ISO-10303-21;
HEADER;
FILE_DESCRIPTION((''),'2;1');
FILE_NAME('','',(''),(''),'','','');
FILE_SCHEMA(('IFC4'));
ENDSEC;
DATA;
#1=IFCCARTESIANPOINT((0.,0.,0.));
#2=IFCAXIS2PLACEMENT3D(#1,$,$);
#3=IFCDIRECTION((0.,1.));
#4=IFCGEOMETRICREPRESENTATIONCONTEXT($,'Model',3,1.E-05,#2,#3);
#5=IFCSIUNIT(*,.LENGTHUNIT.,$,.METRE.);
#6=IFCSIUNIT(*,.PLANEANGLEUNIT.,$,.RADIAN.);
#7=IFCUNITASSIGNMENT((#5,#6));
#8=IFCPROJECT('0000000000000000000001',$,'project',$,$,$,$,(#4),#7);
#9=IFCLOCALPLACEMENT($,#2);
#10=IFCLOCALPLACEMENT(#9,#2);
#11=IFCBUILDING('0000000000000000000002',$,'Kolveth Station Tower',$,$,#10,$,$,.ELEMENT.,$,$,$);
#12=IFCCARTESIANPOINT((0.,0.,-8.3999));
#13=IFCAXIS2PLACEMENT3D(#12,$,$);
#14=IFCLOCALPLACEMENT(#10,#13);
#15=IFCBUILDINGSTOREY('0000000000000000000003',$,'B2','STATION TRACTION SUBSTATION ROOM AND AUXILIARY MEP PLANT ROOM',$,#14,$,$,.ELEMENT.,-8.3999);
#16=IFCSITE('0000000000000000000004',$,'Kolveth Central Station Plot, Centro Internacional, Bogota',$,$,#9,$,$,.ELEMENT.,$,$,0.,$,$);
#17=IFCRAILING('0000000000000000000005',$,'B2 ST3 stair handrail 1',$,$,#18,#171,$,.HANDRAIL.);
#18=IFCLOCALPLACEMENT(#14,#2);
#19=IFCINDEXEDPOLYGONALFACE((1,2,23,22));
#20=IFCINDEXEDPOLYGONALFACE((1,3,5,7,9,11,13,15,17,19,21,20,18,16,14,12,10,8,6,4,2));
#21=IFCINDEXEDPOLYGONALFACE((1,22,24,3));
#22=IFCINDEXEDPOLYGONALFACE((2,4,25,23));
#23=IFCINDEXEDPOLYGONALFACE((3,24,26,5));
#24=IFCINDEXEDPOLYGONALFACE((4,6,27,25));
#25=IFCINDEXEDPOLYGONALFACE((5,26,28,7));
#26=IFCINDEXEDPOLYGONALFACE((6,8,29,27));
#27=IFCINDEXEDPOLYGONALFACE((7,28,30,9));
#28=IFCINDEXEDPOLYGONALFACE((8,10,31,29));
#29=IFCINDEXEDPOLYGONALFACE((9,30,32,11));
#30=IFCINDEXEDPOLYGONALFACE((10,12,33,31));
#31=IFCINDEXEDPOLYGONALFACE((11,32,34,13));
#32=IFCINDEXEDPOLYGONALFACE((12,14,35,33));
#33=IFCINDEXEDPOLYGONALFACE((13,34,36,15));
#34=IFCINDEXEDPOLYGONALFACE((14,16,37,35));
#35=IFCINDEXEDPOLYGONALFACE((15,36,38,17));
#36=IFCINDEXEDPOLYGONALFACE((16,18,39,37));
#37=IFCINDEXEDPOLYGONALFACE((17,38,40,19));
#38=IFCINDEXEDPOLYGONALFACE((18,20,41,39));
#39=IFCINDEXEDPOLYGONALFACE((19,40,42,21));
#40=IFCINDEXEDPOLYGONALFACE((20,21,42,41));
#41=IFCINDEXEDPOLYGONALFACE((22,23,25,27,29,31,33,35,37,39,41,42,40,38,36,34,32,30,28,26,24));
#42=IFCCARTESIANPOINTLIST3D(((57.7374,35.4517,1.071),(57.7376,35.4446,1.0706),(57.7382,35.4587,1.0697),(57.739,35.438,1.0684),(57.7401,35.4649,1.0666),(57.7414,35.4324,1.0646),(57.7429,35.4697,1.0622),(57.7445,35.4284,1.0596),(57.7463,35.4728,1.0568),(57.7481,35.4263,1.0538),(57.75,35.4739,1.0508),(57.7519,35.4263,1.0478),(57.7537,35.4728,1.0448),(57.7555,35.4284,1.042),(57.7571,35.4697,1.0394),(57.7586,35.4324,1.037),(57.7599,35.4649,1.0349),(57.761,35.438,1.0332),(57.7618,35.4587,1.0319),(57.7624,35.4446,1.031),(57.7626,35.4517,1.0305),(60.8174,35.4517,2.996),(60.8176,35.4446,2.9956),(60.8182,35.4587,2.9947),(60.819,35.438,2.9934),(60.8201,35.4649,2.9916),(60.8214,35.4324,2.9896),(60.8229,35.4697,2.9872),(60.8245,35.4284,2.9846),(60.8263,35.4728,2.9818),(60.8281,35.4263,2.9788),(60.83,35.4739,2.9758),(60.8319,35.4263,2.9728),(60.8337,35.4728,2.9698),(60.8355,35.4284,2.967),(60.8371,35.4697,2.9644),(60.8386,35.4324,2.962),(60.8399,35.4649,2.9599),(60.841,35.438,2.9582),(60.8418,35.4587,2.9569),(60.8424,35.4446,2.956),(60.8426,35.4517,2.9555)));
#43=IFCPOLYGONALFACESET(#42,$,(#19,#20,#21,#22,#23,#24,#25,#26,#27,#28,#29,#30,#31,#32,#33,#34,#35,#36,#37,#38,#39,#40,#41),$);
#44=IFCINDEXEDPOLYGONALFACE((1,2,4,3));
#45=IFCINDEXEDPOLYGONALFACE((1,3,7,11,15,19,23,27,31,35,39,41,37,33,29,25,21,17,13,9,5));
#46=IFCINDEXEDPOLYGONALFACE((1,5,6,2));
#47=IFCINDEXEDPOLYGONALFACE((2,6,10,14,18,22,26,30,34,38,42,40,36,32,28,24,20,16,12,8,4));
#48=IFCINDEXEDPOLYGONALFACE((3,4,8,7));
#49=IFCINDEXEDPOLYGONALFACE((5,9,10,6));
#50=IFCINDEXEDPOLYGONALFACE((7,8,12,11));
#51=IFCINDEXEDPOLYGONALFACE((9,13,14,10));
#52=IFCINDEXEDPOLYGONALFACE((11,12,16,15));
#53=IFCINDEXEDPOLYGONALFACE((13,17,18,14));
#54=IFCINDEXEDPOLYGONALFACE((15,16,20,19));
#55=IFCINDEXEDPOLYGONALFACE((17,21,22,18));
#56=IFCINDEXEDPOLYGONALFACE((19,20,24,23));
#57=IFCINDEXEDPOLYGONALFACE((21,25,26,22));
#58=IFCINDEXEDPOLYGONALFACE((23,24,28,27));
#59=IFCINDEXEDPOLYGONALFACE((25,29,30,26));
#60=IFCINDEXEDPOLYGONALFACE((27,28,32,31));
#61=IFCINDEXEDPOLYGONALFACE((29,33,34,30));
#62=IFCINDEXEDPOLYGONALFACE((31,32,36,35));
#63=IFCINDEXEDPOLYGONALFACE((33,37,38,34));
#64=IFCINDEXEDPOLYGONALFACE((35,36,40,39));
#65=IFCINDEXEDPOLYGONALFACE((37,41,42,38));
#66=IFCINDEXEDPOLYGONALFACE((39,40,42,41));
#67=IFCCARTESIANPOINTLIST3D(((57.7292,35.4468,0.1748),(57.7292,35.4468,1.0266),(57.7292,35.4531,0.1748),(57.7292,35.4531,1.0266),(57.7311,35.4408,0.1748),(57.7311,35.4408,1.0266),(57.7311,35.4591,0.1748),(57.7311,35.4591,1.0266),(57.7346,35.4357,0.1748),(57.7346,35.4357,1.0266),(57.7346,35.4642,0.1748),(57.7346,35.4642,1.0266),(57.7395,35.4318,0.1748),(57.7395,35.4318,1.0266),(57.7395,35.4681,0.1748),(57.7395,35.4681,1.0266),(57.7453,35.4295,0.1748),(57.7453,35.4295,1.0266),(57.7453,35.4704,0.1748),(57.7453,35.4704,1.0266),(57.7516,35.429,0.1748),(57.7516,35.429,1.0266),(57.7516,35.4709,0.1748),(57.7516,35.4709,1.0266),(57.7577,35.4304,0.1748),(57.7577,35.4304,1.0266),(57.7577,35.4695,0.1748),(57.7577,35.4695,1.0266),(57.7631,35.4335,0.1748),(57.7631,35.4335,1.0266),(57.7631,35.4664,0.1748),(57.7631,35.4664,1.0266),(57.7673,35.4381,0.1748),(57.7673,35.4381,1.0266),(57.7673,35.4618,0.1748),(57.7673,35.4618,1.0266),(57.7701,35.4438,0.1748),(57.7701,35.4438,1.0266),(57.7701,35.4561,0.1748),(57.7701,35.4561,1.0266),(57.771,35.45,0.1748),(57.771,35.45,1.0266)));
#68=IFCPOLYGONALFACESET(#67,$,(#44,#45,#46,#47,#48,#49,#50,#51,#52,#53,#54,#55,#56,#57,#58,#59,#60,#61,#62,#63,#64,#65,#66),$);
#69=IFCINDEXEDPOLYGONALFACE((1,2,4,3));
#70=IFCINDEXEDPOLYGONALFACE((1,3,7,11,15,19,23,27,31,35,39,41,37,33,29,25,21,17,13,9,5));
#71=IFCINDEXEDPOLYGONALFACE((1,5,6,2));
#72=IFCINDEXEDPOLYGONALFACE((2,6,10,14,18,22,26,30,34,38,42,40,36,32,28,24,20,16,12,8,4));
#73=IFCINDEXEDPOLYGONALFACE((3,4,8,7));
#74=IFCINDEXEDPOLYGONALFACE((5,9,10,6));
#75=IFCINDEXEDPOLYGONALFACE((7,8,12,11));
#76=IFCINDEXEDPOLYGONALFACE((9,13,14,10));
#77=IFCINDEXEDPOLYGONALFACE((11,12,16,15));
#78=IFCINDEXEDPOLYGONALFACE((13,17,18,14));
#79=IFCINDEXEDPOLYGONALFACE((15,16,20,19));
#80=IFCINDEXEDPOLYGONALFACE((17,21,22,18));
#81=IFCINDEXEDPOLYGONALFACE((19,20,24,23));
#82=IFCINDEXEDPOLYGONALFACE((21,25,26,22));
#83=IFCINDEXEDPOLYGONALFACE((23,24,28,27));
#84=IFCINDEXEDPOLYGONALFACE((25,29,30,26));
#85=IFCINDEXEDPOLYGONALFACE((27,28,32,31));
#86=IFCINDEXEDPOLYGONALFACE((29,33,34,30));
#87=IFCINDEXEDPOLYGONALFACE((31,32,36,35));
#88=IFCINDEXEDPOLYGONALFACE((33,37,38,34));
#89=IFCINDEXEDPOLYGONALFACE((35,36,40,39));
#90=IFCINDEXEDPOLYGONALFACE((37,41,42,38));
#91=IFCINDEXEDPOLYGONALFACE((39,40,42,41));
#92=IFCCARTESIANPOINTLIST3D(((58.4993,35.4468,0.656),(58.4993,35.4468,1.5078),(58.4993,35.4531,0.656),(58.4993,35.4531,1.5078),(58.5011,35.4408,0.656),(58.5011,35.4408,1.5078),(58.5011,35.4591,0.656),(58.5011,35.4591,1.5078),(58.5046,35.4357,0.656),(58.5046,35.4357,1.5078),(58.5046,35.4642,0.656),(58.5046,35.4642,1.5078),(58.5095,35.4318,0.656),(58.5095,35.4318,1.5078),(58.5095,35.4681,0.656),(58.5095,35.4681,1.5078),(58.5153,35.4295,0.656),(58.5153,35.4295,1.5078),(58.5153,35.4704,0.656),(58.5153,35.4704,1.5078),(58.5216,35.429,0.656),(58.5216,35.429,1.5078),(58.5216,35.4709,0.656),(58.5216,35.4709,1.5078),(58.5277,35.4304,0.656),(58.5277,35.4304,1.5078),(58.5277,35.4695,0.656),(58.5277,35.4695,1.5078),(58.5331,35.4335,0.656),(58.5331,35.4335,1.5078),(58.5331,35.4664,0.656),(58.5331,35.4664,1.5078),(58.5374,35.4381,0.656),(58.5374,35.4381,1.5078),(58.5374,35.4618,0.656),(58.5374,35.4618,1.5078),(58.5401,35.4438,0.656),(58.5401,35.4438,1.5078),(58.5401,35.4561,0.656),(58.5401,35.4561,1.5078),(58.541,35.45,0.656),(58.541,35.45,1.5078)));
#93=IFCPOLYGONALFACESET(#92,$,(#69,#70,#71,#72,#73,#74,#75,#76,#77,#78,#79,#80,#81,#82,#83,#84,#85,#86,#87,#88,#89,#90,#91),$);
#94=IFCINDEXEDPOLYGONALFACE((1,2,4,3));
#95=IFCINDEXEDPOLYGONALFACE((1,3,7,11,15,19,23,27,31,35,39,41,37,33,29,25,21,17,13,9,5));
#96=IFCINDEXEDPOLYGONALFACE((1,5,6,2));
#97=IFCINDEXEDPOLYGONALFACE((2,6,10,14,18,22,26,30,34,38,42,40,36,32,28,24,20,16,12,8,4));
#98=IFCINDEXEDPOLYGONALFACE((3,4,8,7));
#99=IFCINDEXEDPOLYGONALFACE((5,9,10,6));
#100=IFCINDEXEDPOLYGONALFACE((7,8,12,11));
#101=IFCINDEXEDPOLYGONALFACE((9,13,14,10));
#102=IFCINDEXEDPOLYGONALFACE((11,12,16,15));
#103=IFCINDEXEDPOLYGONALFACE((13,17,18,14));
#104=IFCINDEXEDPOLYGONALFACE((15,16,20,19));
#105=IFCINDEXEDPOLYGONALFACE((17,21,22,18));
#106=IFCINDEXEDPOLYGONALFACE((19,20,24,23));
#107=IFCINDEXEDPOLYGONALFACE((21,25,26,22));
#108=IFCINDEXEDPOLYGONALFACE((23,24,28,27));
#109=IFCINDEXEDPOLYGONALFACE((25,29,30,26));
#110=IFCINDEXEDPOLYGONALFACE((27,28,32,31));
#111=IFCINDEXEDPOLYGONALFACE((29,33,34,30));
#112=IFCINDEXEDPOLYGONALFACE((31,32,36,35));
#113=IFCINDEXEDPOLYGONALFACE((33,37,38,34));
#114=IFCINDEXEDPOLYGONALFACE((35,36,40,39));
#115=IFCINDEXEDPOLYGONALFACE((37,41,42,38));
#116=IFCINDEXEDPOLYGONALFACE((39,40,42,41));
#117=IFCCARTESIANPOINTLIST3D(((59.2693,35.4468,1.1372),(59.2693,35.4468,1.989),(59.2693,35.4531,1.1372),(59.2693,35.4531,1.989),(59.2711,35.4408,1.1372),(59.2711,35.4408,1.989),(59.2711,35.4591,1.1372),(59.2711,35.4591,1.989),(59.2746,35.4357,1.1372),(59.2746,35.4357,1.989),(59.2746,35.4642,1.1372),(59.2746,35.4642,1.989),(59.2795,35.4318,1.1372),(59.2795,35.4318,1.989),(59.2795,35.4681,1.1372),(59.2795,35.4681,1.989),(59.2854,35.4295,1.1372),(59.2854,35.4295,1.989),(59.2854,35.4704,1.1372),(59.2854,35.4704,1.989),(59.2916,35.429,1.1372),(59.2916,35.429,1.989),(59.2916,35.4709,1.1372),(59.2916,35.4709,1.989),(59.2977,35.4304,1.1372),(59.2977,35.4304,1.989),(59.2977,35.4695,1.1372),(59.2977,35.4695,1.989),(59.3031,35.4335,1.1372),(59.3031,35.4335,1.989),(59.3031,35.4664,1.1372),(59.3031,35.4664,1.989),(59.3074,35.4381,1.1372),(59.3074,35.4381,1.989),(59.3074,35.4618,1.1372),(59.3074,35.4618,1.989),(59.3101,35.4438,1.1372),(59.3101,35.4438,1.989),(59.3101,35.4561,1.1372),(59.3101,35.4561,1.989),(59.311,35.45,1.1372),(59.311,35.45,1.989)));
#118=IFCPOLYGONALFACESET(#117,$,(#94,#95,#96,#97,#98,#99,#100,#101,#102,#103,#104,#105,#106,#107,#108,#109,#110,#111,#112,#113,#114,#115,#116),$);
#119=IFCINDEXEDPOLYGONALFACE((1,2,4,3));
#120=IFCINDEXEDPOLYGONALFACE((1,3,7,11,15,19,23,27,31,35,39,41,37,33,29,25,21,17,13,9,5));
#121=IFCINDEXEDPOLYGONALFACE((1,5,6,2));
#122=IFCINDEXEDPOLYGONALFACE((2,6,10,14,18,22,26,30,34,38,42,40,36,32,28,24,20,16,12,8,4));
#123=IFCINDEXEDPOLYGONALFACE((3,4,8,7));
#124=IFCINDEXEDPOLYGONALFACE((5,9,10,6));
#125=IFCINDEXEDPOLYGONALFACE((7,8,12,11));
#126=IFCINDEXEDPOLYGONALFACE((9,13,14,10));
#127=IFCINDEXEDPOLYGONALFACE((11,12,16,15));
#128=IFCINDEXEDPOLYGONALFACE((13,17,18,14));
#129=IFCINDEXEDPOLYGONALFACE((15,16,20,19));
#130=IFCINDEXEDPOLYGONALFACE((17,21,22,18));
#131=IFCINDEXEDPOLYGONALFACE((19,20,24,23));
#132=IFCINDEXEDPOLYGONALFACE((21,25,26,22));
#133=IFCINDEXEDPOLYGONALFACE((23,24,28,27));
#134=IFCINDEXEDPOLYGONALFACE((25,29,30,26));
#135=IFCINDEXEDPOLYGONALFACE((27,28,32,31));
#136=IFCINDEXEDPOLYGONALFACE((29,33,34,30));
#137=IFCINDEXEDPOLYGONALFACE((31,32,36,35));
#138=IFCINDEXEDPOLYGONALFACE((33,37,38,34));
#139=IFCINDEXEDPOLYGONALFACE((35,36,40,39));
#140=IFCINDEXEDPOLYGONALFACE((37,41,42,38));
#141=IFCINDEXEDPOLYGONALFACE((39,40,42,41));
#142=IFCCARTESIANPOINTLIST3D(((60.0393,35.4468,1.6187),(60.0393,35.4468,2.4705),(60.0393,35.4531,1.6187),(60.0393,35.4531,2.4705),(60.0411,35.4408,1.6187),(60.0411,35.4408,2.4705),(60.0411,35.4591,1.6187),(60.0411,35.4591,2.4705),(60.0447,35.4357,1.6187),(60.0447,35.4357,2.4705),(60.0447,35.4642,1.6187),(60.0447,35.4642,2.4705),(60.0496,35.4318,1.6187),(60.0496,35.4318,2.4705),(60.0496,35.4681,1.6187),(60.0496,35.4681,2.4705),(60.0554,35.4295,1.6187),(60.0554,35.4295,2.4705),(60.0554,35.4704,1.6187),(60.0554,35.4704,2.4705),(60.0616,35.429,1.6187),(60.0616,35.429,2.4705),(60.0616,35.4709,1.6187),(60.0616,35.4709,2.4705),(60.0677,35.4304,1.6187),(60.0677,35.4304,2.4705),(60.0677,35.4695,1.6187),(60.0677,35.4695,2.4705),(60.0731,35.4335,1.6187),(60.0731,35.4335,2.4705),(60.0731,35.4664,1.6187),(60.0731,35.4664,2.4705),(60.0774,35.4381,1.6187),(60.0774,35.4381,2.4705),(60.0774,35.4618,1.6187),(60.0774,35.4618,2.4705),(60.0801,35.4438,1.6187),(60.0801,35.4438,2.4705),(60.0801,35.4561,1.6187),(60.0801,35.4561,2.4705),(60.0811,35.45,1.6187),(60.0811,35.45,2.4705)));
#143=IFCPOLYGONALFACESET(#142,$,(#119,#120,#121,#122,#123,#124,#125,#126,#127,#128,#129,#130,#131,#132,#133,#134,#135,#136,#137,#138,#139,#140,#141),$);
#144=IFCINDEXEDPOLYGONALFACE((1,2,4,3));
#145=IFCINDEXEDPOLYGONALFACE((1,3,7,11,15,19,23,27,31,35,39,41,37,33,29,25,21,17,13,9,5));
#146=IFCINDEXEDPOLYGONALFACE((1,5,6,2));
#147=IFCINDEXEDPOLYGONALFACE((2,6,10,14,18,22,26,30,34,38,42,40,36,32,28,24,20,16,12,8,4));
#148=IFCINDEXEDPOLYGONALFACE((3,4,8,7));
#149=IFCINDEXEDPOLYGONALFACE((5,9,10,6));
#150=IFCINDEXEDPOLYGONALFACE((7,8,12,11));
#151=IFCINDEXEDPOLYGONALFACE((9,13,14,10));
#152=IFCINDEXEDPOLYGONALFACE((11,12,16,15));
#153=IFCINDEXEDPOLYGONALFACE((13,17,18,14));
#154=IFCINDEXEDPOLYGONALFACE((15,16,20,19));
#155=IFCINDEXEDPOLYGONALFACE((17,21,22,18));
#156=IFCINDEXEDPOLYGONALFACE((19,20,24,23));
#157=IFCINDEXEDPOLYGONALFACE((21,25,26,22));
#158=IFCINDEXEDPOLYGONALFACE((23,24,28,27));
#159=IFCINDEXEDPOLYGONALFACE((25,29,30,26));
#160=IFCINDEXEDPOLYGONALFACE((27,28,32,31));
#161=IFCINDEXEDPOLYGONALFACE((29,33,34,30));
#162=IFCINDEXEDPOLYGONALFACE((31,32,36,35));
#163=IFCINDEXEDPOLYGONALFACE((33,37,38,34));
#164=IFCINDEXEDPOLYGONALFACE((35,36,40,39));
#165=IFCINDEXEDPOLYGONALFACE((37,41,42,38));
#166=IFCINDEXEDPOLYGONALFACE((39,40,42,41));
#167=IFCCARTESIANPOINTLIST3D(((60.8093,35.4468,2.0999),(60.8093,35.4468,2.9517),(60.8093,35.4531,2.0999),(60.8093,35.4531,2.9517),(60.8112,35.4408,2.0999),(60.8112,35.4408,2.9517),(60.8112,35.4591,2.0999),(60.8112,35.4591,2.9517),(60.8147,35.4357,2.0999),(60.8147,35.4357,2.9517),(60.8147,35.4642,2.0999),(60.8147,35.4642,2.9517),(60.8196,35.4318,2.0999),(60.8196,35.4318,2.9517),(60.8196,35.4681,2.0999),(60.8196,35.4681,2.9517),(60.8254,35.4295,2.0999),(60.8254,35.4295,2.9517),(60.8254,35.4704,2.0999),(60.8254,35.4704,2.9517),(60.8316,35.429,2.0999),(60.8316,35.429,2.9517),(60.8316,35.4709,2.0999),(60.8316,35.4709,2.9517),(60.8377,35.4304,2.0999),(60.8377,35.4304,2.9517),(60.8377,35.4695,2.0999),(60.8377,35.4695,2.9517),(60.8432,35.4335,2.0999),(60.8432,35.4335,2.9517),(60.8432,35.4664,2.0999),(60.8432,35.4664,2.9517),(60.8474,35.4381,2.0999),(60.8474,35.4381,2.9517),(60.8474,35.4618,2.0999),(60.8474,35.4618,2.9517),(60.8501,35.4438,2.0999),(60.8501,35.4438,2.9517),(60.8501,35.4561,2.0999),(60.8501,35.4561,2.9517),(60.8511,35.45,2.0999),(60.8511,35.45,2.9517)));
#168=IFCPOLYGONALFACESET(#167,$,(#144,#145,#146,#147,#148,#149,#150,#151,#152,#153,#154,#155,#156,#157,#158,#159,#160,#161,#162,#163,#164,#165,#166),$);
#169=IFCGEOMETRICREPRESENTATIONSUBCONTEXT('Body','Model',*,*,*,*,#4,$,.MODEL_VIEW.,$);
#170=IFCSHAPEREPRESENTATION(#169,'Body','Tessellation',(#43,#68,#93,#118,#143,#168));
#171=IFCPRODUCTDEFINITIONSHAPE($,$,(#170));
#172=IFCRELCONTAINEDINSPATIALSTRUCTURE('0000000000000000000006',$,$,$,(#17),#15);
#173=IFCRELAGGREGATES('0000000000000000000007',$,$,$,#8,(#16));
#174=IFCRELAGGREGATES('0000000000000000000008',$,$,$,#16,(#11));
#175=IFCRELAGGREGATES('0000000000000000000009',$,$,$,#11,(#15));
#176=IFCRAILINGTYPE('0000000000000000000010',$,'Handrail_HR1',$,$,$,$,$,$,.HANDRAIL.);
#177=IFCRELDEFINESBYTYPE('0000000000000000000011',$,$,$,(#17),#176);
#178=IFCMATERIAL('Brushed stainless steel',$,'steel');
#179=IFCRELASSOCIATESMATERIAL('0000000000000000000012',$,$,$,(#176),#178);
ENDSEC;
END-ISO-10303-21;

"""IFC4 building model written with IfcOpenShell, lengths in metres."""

from ifc_helpers import new_model, si_unit, direction, frame, origin, origin_2d, place, context, subcontext, project, spatial, circle, extrude, material, type_object, element, save


model = new_model("IFC4")

# Units and contexts
model_context = context("Model", 3, precision=1e-05, world=origin(), true_north=direction((0.0, 1.0)))
body_context = subcontext(model_context, "Body", "Model", "MODEL_VIEW")
ifc_project = project(units=[si_unit("LENGTHUNIT", "METRE"), si_unit("PLANEANGLEUNIT", "RADIAN")], contexts=[model_context])

# Site, building, storey
site_placement = place(None, origin())
site = spatial("IfcSite", under=ifc_project, at=site_placement, Name="Kolveth Central Station Plot, Centro Internacional, Bogota", CompositionType="ELEMENT", RefElevation=0.0)
building_placement = place(site_placement, origin())
building = spatial("IfcBuilding", under=site, at=building_placement, Name="Kolveth Station Tower", CompositionType="ELEMENT")
storey_placement = place(building_placement, frame((0.0, 0.0, -8.3999)))
storey = spatial("IfcBuildingStorey", under=building, at=storey_placement, Name="B2", Description="STATION TRACTION SUBSTATION ROOM AND AUXILIARY MEP PLANT ROOM", CompositionType="ELEMENT", Elevation=-8.3999)

# Railing
ifc_material_1 = material(Name="Brushed stainless steel", Category="steel")
railing_type_1 = type_object("IfcRailingType", Name="Handrail_HR1", PredefinedType="HANDRAIL", material=ifc_material_1)
railing_1_placement = place(storey_placement, frame((57.75, 35.45, 0.1748)))
element("IfcRailing", 1, at=railing_1_placement, inside=storey, type_object=railing_type_1, Name="B2 ST3 stair handrail 1", PredefinedType="HANDRAIL", context=body_context, shape_type="SweptSolid", body=[
    extrude(circle(Radius=0.0239, at=origin_2d()), frame((0.0, 0.0, 0.876), z_axis=(0.847998, 0.0, 0.529999), x_axis=(0.0, 1.0, 0.0)), (0.0, 0.0, 1.0), 3.6321),
    extrude(circle(Radius=0.021, at=origin_2d()), origin(), (0.0, 0.0, 1.0), 0.8518),
    extrude(circle(Radius=0.021, at=origin_2d()), frame((0.77, 0.0, 0.4812)), (0.0, 0.0, 1.0), 0.8518),
    extrude(circle(Radius=0.021, at=origin_2d()), frame((1.54, 0.0, 0.9624)), (0.0, 0.0, 1.0), 0.8518),
    extrude(circle(Radius=0.021, at=origin_2d()), frame((2.3101, 0.0, 1.4438)), (0.0, 0.0, 1.0), 0.8518),
    extrude(circle(Radius=0.021, at=origin_2d()), frame((3.0801, 0.0, 1.925)), (0.0, 0.0, 1.0), 0.8518),
])

save(model, "model.ifc")
